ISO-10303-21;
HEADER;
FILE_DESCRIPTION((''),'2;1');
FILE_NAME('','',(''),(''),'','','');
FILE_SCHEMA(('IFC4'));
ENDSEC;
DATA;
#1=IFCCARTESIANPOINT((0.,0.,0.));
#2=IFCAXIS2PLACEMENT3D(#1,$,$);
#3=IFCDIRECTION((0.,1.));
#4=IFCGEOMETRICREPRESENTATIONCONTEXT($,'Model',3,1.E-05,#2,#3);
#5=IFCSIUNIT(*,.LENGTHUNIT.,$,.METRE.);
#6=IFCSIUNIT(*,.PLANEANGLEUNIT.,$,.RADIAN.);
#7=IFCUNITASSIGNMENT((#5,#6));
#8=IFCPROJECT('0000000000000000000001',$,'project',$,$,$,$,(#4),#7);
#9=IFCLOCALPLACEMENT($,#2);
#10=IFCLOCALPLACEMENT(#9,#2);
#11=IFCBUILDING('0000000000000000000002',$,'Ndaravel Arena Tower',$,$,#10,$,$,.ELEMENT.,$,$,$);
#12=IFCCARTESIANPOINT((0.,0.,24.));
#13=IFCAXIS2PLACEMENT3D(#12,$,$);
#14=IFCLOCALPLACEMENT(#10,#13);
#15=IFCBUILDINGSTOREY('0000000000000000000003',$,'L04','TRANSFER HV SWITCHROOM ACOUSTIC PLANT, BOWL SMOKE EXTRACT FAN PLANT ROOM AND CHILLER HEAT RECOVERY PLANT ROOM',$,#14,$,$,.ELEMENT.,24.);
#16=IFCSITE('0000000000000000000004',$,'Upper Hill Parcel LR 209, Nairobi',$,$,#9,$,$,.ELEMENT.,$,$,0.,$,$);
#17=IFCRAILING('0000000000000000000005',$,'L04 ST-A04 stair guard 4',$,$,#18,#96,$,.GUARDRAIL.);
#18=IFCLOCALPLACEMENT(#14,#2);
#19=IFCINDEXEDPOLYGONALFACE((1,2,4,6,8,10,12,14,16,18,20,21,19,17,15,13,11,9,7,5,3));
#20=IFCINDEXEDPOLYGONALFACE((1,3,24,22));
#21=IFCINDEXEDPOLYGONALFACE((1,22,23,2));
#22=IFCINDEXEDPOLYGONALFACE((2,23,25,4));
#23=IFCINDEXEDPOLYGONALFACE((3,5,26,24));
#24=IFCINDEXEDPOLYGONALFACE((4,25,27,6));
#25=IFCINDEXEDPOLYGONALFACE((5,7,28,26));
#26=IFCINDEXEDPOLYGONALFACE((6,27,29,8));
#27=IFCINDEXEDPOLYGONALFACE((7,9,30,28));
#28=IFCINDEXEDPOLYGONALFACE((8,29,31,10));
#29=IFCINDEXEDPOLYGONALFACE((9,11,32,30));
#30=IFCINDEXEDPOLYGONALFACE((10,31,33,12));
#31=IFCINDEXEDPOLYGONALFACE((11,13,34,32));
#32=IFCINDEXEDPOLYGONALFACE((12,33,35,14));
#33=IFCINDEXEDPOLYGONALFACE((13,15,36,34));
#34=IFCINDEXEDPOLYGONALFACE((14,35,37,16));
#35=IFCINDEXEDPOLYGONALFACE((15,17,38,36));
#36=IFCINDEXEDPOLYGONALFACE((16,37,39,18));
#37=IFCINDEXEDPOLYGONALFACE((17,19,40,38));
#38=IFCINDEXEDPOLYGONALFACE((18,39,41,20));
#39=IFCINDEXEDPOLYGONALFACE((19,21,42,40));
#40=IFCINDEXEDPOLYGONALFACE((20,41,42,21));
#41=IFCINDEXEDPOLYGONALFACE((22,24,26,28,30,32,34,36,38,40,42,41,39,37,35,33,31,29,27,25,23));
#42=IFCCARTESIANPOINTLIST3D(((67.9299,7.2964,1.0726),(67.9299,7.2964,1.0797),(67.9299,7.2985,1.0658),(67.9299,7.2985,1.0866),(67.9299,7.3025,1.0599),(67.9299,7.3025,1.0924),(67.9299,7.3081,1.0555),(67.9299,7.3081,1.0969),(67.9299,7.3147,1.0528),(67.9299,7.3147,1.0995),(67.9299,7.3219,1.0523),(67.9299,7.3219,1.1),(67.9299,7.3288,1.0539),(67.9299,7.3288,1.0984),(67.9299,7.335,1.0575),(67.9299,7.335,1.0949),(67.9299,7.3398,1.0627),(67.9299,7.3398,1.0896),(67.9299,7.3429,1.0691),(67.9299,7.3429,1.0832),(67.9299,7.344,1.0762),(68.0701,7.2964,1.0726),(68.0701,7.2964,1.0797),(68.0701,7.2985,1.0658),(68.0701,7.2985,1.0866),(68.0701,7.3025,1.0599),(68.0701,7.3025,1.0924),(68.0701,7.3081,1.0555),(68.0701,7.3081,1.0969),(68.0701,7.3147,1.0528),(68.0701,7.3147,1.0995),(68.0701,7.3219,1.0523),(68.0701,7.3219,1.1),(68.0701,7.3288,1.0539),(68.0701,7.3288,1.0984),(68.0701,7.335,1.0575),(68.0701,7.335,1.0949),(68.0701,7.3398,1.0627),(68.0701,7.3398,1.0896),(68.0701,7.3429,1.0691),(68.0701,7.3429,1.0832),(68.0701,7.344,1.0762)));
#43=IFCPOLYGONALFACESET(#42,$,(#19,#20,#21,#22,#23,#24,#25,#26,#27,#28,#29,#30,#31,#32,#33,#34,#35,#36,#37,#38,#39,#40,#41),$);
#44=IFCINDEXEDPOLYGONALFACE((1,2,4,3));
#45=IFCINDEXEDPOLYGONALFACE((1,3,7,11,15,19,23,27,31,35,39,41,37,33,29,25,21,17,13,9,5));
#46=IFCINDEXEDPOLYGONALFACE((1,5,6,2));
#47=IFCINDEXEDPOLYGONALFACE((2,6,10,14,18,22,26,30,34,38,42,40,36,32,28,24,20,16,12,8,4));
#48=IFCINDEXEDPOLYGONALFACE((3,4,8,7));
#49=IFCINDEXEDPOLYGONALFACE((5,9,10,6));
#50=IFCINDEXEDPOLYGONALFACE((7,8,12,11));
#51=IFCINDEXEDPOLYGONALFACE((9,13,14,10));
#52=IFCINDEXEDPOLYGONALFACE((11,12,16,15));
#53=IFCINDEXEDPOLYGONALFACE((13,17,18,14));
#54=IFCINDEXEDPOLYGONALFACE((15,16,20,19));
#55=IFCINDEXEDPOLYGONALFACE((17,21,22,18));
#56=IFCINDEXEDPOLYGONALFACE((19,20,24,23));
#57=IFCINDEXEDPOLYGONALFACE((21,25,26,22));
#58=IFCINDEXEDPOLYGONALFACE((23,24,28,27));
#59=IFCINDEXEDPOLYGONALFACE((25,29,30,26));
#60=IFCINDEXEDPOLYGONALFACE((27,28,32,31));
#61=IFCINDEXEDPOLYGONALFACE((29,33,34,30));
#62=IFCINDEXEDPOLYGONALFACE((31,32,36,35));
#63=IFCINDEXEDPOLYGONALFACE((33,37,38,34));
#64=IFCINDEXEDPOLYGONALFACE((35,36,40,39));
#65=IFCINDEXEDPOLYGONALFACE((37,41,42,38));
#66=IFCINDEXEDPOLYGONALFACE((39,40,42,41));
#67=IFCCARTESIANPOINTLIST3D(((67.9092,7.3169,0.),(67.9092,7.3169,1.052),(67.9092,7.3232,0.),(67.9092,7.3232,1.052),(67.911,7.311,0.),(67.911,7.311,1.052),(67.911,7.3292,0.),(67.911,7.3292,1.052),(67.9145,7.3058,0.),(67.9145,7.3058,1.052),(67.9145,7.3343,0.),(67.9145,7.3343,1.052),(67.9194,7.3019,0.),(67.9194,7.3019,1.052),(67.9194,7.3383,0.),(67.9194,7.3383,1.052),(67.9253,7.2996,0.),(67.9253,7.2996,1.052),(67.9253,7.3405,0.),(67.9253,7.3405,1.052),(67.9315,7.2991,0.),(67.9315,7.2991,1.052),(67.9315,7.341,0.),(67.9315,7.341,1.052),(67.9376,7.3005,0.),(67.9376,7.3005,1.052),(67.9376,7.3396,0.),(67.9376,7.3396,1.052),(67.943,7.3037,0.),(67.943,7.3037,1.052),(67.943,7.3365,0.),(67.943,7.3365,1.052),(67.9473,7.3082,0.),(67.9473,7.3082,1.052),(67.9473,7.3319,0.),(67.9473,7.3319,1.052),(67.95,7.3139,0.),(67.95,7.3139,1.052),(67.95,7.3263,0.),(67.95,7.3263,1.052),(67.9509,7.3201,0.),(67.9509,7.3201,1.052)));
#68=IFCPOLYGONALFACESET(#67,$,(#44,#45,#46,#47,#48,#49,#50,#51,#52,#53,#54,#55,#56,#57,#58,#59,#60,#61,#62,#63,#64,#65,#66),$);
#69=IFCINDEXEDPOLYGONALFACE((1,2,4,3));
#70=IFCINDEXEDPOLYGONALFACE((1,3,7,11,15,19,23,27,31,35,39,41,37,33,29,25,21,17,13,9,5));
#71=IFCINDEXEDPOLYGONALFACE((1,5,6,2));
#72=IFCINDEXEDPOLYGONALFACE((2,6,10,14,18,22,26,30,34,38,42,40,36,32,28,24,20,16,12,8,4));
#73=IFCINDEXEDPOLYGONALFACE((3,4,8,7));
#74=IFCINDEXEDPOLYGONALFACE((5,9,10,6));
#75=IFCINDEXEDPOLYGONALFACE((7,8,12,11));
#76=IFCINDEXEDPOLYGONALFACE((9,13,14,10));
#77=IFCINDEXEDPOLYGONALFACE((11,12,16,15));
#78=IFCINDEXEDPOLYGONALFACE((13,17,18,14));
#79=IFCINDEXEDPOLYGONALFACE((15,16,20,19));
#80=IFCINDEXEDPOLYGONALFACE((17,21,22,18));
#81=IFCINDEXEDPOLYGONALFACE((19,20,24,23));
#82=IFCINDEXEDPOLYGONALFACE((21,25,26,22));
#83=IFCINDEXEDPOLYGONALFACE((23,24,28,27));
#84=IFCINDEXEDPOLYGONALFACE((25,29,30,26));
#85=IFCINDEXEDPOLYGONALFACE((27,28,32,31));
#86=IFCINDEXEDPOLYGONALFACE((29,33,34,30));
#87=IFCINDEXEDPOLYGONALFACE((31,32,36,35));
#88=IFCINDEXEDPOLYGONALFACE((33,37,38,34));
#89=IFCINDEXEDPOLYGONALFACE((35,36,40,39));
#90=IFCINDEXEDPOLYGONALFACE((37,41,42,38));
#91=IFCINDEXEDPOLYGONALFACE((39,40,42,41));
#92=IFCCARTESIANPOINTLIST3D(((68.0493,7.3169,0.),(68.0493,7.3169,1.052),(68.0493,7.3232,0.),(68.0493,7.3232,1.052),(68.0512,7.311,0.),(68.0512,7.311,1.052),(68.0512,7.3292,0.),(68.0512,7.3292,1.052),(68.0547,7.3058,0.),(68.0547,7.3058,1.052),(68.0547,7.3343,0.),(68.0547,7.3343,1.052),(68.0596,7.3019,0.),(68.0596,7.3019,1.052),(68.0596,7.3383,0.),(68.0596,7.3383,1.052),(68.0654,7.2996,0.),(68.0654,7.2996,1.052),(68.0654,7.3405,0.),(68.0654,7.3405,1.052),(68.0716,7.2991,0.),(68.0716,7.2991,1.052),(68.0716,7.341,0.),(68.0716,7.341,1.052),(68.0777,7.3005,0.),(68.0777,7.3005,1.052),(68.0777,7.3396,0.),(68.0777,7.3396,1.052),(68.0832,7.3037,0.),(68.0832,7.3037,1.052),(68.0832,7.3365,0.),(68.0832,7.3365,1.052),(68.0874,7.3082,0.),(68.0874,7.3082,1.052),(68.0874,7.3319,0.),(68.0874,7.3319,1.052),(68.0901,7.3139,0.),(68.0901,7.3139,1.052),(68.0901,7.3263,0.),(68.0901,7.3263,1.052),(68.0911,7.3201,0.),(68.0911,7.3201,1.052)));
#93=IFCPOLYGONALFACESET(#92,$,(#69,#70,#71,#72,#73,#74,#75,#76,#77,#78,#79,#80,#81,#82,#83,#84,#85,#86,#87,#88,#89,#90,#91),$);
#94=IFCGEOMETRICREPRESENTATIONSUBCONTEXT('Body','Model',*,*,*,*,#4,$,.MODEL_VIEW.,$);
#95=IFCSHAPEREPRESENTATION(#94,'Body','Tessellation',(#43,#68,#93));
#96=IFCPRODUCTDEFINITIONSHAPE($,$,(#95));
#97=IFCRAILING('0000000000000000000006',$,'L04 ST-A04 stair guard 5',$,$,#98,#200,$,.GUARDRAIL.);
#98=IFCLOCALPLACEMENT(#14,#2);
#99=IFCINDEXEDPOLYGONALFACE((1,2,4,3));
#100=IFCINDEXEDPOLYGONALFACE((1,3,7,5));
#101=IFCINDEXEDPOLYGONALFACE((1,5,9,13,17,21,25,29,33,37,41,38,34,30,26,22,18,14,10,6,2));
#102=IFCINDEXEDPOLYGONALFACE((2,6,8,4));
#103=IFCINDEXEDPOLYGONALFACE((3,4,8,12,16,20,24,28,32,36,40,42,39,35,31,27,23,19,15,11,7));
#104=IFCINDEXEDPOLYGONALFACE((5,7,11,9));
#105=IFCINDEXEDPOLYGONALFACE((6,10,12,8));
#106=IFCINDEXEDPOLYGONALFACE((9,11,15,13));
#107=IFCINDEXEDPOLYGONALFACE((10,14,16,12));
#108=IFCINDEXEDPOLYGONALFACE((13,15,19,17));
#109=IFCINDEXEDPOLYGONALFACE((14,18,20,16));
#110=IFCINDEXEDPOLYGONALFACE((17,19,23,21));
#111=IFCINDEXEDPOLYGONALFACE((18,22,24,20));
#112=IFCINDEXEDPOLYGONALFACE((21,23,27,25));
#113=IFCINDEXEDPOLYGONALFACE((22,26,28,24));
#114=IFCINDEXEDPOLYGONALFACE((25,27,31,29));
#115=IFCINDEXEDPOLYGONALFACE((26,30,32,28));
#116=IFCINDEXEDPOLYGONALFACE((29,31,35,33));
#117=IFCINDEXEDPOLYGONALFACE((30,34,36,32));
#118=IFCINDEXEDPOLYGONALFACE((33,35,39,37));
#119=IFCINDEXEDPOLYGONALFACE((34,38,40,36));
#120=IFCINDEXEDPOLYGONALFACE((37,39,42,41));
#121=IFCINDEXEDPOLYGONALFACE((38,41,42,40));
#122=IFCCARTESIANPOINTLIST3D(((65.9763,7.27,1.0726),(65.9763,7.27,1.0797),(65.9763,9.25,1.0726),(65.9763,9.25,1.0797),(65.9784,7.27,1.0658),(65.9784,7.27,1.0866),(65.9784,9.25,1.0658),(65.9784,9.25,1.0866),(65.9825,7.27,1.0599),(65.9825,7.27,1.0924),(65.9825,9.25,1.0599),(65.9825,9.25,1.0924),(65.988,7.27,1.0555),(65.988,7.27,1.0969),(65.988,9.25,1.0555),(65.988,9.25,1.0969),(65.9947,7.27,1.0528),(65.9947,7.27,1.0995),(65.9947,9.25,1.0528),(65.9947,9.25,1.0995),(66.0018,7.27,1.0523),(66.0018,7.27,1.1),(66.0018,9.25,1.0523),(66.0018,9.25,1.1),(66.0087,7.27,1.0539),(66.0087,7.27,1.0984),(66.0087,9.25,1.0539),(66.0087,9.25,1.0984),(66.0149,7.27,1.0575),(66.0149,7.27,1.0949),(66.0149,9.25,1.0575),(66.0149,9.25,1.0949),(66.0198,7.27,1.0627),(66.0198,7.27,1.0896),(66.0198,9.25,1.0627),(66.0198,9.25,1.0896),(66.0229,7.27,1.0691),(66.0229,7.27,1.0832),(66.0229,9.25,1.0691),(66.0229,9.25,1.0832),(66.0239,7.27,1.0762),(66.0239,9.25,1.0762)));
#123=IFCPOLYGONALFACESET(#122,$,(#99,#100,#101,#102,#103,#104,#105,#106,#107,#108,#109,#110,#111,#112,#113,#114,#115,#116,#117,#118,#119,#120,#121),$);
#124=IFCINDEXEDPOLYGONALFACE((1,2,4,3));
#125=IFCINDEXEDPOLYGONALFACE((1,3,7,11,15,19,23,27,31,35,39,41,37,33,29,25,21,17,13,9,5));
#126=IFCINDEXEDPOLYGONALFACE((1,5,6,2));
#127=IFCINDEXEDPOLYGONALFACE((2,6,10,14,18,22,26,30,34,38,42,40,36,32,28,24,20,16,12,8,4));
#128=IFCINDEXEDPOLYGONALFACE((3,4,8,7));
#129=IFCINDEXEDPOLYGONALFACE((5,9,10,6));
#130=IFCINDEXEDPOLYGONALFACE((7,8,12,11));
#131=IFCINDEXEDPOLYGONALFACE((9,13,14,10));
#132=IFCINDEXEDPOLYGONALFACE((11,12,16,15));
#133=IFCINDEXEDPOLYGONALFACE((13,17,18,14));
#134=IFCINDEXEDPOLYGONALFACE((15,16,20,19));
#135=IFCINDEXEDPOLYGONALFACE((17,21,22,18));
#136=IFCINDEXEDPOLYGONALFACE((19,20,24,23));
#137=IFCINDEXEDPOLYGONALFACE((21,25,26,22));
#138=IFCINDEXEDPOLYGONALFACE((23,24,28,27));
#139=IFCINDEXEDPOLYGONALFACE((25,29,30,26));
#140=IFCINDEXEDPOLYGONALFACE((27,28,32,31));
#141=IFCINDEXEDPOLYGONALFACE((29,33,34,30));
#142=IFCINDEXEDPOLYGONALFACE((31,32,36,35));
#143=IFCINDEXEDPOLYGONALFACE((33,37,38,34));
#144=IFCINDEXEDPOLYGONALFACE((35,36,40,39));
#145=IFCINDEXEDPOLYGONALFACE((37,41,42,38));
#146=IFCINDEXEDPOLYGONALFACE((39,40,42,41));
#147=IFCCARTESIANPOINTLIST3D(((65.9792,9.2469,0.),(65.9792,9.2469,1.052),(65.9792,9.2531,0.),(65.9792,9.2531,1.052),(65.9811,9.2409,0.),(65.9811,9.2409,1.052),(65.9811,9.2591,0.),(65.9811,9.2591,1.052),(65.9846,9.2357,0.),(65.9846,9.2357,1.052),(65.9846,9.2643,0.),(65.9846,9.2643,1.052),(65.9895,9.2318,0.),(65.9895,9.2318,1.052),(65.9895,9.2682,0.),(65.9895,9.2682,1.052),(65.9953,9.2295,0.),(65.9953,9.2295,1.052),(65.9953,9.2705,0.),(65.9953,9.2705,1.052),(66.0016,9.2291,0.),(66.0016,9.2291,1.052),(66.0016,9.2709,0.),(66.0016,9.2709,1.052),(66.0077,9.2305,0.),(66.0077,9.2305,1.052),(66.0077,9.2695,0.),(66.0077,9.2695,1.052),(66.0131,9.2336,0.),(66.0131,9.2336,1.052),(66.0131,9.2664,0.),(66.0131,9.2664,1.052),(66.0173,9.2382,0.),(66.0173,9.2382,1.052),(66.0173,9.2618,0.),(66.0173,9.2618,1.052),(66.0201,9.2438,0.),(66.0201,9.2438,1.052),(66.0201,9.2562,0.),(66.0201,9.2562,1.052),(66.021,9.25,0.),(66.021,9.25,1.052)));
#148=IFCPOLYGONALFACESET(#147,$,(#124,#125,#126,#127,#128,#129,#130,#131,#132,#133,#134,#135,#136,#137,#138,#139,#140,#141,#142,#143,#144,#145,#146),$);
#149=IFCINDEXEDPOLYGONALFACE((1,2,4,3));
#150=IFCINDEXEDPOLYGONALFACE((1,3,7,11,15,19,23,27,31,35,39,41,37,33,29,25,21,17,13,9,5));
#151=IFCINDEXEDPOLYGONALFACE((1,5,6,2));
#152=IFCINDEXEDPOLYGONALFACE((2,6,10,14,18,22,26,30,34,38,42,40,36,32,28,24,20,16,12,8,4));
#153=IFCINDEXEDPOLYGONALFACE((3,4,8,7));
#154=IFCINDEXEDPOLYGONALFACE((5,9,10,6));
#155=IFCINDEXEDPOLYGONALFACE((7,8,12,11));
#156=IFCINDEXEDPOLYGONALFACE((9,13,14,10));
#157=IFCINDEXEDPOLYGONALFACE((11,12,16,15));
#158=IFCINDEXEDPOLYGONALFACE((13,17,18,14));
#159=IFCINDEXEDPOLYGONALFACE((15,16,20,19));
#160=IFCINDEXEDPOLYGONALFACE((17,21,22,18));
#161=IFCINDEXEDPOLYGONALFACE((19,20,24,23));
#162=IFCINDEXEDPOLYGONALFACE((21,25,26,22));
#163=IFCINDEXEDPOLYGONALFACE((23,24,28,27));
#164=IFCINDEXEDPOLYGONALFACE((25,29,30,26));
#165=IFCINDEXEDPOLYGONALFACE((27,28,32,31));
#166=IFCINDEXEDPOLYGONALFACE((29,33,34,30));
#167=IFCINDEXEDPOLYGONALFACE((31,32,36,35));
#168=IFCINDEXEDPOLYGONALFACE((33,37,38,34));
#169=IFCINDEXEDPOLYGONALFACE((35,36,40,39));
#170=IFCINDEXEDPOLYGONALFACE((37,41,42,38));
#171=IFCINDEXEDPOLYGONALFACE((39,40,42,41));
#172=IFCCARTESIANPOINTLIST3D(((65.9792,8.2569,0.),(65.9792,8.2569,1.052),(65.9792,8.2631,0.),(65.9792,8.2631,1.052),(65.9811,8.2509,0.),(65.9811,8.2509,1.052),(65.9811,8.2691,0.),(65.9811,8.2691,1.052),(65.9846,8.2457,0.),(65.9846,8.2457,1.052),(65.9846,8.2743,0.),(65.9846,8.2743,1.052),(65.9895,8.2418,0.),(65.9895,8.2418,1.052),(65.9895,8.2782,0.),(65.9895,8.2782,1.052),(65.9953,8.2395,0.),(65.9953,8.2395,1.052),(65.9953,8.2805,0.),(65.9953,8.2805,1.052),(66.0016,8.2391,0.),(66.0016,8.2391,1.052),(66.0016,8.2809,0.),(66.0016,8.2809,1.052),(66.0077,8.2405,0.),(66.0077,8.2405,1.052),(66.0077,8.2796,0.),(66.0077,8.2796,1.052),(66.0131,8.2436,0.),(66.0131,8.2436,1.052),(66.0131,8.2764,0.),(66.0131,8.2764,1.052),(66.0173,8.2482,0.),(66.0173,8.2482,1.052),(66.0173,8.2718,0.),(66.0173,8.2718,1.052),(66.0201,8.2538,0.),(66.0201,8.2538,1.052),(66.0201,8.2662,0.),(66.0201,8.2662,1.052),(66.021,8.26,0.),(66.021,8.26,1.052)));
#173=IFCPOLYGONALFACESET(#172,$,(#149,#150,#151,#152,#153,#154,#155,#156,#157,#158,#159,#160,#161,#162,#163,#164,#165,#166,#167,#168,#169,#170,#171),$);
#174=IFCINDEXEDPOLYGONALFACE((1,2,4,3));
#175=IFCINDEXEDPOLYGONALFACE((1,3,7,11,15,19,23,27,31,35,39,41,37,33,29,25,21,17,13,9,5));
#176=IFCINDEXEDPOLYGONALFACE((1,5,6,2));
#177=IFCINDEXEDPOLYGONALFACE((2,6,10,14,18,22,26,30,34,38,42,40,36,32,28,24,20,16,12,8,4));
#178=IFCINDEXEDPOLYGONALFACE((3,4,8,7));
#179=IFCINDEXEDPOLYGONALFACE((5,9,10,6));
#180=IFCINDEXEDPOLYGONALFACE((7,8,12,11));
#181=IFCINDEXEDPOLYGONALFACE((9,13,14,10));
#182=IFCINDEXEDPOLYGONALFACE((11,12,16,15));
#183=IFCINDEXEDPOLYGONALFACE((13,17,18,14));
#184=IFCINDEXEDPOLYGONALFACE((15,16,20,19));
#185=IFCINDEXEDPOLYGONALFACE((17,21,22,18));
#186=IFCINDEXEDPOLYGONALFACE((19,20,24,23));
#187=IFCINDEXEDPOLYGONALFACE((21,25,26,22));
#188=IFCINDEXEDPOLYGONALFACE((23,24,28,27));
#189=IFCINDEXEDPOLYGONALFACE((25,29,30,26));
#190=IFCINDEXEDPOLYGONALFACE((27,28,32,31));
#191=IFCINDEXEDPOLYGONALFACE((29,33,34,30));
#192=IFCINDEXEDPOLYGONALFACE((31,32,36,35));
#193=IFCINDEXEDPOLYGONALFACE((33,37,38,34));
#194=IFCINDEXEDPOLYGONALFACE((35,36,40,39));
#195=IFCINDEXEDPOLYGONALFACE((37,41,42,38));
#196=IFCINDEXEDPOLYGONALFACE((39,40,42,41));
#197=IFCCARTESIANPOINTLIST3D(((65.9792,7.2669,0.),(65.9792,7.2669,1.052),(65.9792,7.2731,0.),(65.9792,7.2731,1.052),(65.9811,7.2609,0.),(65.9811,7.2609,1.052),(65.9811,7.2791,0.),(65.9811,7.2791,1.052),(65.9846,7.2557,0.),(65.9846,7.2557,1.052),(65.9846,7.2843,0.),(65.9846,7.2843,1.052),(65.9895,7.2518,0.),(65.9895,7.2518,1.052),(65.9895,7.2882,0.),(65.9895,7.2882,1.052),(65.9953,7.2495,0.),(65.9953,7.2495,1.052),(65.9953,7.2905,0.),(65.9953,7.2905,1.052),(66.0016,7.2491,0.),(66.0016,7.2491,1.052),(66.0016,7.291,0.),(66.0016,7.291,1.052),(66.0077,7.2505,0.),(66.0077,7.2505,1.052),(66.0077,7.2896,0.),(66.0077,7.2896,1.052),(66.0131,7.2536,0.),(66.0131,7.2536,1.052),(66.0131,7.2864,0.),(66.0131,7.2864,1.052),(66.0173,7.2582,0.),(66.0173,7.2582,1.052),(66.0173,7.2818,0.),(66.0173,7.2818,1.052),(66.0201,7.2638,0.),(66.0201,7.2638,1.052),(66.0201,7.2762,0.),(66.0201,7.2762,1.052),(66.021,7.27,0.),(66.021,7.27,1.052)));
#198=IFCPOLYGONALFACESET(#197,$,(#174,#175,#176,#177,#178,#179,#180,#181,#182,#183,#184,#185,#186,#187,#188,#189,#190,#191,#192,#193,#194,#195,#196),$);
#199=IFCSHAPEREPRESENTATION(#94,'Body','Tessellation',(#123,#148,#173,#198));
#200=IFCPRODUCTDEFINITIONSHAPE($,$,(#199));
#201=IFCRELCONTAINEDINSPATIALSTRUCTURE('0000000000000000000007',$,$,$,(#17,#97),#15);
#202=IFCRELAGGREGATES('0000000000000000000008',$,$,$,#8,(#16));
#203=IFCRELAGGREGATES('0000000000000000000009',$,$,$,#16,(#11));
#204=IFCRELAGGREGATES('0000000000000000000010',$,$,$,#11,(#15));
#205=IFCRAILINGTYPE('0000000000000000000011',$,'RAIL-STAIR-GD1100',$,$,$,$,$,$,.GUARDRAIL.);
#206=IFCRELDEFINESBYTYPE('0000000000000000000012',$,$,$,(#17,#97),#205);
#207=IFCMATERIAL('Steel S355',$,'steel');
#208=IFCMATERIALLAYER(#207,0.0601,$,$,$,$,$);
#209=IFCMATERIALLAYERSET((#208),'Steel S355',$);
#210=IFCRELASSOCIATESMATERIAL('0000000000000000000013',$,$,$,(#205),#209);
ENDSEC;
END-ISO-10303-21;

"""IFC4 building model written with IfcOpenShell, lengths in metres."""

from ifc_helpers import new_model, si_unit, direction, frame, origin, origin_2d, place, context, subcontext, project, spatial, circle, extrude, material, layer, layer_set, type_object, element, save


model = new_model("IFC4")

# Units and contexts
model_context = context("Model", 3, precision=1e-05, world=origin(), true_north=direction((0.0, 1.0)))
body_context = subcontext(model_context, "Body", "Model", "MODEL_VIEW")
ifc_project = project(units=[si_unit("LENGTHUNIT", "METRE"), si_unit("PLANEANGLEUNIT", "RADIAN")], contexts=[model_context])

# Site, building, storey
site_placement = place(None, origin())
site = spatial("IfcSite", under=ifc_project, at=site_placement, Name="Upper Hill Parcel LR 209, Nairobi", CompositionType="ELEMENT", RefElevation=0.0)
building_placement = place(site_placement, origin())
building = spatial("IfcBuilding", under=site, at=building_placement, Name="Ndaravel Arena Tower", CompositionType="ELEMENT")
storey_placement = place(building_placement, frame((0.0, 0.0, 24.0)))
storey = spatial("IfcBuildingStorey", under=building, at=storey_placement, Name="L04", Description="TRANSFER HV SWITCHROOM ACOUSTIC PLANT, BOWL SMOKE EXTRACT FAN PLANT ROOM AND CHILLER HEAT RECOVERY PLANT ROOM", CompositionType="ELEMENT", Elevation=24.0)

# Railings
ifc_material_1 = material(Name="Steel S355", Category="steel")
ifc_layer_1 = layer(ifc_material_1, 0.0601)
ifc_layer_set_1 = layer_set([ifc_layer_1], Name="Steel S355")
railing_type_1 = type_object("IfcRailingType", Name="RAIL-STAIR-GD1100", PredefinedType="GUARDRAIL", material=ifc_layer_set_1)
railing_1_placement = place(storey_placement, frame((67.9299, 7.3201, 0.0)))
element("IfcRailing", 1, at=railing_1_placement, inside=storey, type_object=railing_type_1, Name="L04 ST-A04 stair guard 4", PredefinedType="GUARDRAIL", context=body_context, shape_type="SweptSolid", body=[
    extrude(circle(Radius=0.0239, at=origin_2d()), frame((0.0, 0.0, 1.0762), z_axis=(1.0, 0.0, 0.0), x_axis=(0.0, 1.0, 0.0)), (0.0, 0.0, 1.0), 0.1401),
    extrude(circle(Radius=0.021, at=origin_2d()), origin(), (0.0, 0.0, 1.0), 1.052),
    extrude(circle(Radius=0.021, at=origin_2d()), frame((0.1401, 0.0, 0.0)), (0.0, 0.0, 1.0), 1.052),
])
for number, where, name in (
    (2, (66.0, 9.25, 0.0), "L04 ST-A04 stair guard 5"),
):
    element("IfcRailing", number, at=place(storey_placement, frame(where)), inside=storey, type_object=railing_type_1, Name=name, PredefinedType="GUARDRAIL", context=body_context, shape_type="SweptSolid", body=[
        extrude(circle(Radius=0.0239, at=origin_2d()), frame((0.0, 0.0, 1.0762), z_axis=(0.0, -1.0, 0.0), x_axis=(1.0, 0.0, 0.0)), (0.0, 0.0, 1.0), 1.98),
        extrude(circle(Radius=0.021, at=origin_2d()), origin(), (0.0, 0.0, 1.0), 1.052),
        extrude(circle(Radius=0.021, at=origin_2d()), frame((0.0, -0.99, 0.0)), (0.0, 0.0, 1.0), 1.052),
        extrude(circle(Radius=0.021, at=origin_2d()), frame((0.0, -1.98, 0.0)), (0.0, 0.0, 1.0), 1.052),
    ])

save(model, "model.ifc")
